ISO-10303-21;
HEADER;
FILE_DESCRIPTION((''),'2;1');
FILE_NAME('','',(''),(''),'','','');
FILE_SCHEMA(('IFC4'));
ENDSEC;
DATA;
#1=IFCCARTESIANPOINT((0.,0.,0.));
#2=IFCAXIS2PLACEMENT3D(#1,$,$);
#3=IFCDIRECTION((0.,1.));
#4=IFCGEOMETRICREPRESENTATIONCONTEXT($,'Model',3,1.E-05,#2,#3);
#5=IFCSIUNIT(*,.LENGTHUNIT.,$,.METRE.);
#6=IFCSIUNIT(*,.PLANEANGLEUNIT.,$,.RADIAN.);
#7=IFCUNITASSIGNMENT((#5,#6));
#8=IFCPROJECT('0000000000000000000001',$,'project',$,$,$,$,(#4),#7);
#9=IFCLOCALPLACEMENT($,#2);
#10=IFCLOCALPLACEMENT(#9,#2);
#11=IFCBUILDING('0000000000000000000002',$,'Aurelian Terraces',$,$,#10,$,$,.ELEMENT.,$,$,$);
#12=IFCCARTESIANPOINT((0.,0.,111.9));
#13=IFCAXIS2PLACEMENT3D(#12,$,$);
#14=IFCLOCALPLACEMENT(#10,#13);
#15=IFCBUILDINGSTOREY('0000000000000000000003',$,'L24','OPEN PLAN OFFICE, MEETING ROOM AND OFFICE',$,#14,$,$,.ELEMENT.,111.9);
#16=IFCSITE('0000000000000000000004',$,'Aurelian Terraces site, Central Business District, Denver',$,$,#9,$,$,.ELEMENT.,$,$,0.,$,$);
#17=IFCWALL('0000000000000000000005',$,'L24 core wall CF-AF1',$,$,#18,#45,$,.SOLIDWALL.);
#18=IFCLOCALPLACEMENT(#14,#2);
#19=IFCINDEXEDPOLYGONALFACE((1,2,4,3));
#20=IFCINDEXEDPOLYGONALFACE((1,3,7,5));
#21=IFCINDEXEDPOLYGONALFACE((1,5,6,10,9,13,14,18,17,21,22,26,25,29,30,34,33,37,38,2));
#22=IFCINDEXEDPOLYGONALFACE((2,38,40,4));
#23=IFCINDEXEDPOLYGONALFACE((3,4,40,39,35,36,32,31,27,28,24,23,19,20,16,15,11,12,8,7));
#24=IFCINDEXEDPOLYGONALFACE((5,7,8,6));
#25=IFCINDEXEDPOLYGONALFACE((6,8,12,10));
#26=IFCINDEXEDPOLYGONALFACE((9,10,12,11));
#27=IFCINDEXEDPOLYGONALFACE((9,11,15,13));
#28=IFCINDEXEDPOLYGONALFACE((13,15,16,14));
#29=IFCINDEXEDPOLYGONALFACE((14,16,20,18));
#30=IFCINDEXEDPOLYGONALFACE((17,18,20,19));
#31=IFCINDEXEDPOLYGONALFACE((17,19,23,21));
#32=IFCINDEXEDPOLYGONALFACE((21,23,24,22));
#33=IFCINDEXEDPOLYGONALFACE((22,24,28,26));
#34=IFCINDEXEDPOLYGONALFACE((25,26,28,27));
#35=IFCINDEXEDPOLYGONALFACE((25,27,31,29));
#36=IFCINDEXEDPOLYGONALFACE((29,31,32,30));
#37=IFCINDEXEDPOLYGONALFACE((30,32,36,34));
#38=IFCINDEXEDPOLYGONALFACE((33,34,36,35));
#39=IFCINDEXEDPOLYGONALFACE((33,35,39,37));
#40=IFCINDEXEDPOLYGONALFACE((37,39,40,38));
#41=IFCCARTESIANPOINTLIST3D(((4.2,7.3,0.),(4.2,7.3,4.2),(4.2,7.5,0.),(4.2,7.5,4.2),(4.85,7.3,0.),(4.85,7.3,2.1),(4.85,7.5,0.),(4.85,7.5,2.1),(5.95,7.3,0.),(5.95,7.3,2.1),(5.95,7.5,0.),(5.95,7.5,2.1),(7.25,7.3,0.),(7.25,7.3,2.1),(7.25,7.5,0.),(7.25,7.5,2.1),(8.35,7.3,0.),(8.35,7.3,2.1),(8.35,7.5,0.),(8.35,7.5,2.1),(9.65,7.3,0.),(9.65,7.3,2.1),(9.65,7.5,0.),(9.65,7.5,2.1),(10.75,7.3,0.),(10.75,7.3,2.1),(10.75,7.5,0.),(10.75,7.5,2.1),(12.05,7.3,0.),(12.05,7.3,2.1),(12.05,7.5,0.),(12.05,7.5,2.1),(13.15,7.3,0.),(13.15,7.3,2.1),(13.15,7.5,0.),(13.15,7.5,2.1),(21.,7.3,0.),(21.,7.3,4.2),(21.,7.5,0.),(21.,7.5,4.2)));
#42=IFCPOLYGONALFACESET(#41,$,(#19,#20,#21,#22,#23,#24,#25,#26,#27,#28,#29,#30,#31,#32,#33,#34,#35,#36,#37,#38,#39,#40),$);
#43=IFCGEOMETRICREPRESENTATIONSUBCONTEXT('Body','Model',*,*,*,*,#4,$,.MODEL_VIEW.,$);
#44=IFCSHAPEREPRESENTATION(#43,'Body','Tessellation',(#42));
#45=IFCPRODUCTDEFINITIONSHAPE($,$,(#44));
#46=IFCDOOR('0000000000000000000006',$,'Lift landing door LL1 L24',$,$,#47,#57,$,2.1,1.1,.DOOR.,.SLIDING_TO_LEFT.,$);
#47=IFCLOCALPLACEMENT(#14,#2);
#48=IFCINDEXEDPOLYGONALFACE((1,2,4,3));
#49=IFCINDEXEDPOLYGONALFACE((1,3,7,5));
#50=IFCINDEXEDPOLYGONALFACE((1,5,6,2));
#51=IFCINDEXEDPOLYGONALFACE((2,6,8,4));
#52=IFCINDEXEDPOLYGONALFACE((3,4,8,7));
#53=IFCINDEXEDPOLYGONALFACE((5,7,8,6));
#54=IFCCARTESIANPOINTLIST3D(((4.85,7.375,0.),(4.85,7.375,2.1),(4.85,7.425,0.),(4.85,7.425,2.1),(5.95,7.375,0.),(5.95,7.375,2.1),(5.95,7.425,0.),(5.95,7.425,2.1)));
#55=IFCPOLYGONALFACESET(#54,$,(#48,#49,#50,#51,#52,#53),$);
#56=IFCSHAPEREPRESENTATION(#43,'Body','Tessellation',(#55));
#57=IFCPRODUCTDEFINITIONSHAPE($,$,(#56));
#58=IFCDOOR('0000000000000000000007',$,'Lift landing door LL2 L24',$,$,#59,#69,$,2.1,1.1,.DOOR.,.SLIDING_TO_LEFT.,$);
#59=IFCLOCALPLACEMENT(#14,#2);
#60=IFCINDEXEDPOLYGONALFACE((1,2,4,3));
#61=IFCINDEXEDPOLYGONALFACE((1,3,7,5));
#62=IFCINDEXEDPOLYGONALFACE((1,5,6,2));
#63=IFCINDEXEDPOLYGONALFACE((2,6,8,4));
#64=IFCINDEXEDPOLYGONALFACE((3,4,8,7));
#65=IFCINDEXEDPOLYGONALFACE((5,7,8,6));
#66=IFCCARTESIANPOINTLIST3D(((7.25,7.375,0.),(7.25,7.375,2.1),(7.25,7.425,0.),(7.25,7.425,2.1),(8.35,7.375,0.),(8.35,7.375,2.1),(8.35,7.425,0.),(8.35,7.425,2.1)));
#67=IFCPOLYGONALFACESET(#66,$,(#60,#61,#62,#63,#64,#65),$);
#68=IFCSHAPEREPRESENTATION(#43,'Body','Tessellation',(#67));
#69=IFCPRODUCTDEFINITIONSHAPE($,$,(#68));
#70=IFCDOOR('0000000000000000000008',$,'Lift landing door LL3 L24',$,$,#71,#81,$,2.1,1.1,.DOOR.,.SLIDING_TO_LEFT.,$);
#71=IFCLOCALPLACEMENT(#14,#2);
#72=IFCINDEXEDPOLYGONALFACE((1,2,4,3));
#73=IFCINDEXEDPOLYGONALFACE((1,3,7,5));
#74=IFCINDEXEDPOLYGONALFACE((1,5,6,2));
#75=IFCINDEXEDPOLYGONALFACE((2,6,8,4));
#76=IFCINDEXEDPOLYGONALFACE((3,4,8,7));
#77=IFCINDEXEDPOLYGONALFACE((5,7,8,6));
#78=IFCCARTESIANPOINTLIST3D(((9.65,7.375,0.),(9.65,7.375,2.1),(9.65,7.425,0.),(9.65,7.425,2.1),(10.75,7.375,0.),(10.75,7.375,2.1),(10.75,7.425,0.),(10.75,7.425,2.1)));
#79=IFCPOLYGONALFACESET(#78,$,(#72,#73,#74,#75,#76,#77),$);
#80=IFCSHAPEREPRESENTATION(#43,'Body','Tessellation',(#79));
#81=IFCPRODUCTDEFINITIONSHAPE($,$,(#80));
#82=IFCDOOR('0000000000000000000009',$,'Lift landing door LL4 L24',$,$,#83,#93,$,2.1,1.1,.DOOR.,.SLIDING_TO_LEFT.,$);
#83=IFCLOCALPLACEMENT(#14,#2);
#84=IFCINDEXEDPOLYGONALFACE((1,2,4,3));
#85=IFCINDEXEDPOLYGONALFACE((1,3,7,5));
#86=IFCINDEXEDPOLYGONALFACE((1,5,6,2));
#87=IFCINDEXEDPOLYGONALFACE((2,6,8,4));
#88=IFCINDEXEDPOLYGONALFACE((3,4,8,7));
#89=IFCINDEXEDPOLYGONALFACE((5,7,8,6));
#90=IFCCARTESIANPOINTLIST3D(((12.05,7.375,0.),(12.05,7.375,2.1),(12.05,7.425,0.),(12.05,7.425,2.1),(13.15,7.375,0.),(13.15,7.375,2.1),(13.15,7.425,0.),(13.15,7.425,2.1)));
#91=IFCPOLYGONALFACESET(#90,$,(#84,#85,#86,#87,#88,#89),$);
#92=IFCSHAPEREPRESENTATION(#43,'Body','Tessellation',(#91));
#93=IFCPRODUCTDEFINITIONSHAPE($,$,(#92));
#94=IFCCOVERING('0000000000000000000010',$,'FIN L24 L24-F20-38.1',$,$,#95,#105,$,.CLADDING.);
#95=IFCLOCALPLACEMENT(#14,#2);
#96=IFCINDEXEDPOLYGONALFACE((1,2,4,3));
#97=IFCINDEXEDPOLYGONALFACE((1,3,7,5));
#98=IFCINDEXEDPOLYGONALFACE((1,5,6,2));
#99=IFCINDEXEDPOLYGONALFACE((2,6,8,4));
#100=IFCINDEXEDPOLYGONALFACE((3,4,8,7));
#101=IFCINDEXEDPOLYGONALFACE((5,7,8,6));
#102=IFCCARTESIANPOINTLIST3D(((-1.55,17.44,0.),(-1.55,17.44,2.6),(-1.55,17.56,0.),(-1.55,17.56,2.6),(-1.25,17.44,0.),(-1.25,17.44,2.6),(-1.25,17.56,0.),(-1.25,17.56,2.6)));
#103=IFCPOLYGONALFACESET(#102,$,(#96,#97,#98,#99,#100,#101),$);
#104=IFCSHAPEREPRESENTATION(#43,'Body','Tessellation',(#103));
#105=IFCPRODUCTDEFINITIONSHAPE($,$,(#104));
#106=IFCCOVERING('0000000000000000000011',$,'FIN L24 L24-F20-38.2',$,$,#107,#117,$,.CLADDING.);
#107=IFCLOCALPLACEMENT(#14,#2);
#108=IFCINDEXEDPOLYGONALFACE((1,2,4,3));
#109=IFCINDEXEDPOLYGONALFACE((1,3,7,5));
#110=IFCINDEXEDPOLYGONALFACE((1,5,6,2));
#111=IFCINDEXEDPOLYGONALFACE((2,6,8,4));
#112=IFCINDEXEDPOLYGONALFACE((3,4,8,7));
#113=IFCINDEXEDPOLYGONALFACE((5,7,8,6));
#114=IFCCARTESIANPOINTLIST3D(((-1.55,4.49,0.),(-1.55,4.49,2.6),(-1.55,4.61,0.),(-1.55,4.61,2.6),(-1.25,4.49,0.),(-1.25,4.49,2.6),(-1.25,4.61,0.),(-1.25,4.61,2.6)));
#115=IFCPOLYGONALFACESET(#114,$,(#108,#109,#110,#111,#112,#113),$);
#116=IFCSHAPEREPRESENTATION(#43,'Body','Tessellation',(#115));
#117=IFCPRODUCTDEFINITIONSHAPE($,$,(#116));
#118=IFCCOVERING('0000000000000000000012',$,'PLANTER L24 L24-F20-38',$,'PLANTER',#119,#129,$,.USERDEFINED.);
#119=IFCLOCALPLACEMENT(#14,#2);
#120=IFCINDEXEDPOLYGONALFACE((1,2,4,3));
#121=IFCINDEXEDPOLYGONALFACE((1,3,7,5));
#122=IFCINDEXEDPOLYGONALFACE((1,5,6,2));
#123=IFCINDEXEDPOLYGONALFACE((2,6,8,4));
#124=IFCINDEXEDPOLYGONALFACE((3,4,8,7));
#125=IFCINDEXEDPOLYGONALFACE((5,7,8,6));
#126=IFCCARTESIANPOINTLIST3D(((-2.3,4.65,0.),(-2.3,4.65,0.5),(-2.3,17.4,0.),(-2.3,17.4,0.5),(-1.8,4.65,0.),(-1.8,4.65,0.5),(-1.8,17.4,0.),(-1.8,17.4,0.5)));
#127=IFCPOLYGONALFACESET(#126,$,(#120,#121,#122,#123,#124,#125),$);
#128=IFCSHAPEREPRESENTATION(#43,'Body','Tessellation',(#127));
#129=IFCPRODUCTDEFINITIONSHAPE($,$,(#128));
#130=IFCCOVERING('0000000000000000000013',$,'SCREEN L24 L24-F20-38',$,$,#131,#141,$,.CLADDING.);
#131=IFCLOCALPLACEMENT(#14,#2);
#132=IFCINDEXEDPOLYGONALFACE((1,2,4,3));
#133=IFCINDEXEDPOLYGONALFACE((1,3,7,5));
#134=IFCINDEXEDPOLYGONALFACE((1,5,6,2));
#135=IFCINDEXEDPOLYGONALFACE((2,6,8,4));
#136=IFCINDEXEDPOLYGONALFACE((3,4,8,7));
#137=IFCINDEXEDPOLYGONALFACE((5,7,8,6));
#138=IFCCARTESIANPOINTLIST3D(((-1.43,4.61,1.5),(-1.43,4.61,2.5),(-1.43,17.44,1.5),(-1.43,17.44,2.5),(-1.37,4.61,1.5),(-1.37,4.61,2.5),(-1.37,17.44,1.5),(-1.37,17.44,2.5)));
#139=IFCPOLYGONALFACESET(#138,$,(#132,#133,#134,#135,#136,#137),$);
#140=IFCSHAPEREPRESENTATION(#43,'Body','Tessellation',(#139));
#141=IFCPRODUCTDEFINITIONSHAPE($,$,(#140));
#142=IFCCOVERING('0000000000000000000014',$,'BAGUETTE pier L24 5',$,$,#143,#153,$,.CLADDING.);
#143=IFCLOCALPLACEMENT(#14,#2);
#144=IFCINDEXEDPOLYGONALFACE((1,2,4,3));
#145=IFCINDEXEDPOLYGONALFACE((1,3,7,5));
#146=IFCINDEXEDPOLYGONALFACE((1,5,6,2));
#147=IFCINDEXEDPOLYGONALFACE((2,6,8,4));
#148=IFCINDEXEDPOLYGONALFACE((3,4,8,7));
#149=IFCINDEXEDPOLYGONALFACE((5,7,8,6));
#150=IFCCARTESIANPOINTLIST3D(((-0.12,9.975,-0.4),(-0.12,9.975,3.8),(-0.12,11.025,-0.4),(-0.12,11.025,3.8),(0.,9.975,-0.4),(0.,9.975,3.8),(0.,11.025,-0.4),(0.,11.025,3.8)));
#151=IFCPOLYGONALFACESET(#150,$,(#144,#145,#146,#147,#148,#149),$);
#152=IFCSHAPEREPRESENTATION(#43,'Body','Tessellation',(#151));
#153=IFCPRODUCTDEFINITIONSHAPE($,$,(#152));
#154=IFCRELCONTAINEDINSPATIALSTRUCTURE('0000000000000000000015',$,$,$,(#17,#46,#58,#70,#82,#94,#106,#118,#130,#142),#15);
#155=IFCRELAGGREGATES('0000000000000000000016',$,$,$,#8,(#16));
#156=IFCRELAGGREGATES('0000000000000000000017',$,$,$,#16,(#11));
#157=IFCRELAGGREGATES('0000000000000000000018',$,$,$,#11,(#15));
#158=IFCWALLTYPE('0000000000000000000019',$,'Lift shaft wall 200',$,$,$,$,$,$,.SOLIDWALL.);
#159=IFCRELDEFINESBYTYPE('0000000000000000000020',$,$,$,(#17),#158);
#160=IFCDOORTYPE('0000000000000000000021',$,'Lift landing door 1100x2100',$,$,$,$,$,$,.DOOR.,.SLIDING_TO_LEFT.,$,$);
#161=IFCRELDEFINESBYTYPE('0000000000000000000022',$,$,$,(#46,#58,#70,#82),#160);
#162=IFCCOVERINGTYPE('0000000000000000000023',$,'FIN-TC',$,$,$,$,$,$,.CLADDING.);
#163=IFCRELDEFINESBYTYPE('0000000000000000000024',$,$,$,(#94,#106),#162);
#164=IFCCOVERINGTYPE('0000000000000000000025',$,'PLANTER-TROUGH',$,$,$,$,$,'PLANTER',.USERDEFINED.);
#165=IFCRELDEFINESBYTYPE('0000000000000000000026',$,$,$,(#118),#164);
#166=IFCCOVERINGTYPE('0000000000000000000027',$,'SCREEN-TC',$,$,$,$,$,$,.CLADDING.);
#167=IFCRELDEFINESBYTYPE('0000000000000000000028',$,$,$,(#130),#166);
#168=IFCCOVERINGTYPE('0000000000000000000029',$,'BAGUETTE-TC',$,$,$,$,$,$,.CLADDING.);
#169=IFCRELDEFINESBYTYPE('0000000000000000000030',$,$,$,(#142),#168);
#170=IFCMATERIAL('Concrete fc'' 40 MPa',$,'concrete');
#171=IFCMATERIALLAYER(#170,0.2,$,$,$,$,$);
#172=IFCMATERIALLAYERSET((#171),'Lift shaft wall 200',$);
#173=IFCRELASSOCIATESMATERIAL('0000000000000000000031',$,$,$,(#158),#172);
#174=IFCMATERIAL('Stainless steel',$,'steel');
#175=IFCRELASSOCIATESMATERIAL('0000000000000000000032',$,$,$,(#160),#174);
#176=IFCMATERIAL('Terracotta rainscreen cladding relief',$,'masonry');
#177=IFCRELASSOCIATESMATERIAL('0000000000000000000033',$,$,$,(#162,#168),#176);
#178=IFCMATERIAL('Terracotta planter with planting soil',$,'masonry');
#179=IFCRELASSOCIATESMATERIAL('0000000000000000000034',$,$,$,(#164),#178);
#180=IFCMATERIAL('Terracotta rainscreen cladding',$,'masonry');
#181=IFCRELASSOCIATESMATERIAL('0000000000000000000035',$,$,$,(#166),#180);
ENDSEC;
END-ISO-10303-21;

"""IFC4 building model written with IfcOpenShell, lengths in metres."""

from ifc_helpers import new_model, si_unit, direction, frame, frame_2d, origin, origin_2d, place, context, subcontext, project, spatial, rectangle, extrude, source, transform, mapped, material, layer, layer_set, type_object, element, fill, save


model = new_model("IFC4")

# Units and contexts
model_context = context("Model", 3, precision=1e-05, world=origin(), true_north=direction((0.0, 1.0)))
body_context = subcontext(model_context, "Body", "Model", "MODEL_VIEW")
ifc_project = project(units=[si_unit("LENGTHUNIT", "METRE"), si_unit("PLANEANGLEUNIT", "RADIAN")], contexts=[model_context])

# Site, building, storey
site_placement = place(None, origin())
site = spatial("IfcSite", under=ifc_project, at=site_placement, Name="Aurelian Terraces site, Central Business District, Denver", CompositionType="ELEMENT", RefElevation=0.0)
building_placement = place(site_placement, origin())
building = spatial("IfcBuilding", under=site, at=building_placement, Name="Aurelian Terraces", CompositionType="ELEMENT")
storey_placement = place(building_placement, frame((0.0, 0.0, 111.9)))
storey = spatial("IfcBuildingStorey", under=building, at=storey_placement, Name="L24", Description="OPEN PLAN OFFICE, MEETING ROOM AND OFFICE", CompositionType="ELEMENT", Elevation=111.9)

# Shared definitions
ifc_material_1 = material(Name="Concrete fc' 40 MPa", Category="concrete")

# Shared definitions
ifc_material_2 = material(Name="Terracotta rainscreen cladding", Category="masonry")

# Wall, openings, doors
ifc_layer_1 = layer(ifc_material_1, 0.2)
ifc_layer_set_1 = layer_set([ifc_layer_1], Name="Lift shaft wall 200")
wall_type_1 = type_object("IfcWallType", Name="Lift shaft wall 200", PredefinedType="SOLIDWALL", material=ifc_layer_set_1)
shared_shape_1 = source(origin(), body_context, "Body", "SweptSolid", [
    extrude(rectangle(XDim=16.8, YDim=0.2, at=frame_2d((8.4, 0.0))), origin(), (0.0, 0.0, 1.0), 4.2),
])
wall_1_placement = place(storey_placement, frame((4.2, 7.4, 0.0), z_axis=(0.0, 0.0, 1.0), x_axis=(1.0, 0.0, 0.0)))
wall_1 = element("IfcWall", 1, at=wall_1_placement, inside=storey, type_object=wall_type_1, Name="L24 core wall CF-AF1", PredefinedType="SOLIDWALL", context=body_context, shape_type="MappedRepresentation", body=[
    mapped(shared_shape_1, transform((0.0, 0.0, 0.0), scale=1.0)),
])
shared_shape_2 = source(origin(), body_context, "Body", "SweptSolid", [
    extrude(rectangle(XDim=1.1, YDim=2.1, at=frame_2d((0.55, 1.05))), frame((0.0, 0.11, 0.0), z_axis=(0.0, -1.0, 0.0), x_axis=(1.0, 0.0, 0.0)), (0.0, 0.0, 1.0), 0.22),
])
opening_1_placement = place(wall_1_placement, frame((0.65, 0.0, 0.0)))
opening_1 = element("IfcOpeningElement", 2, at=opening_1_placement, cuts=wall_1, PredefinedType="OPENING", context=body_context, shape_type="MappedRepresentation", body=[
    mapped(shared_shape_2, transform((0.0, 0.0, 0.0), scale=1.0)),
])
opening_2_placement = place(wall_1_placement, frame((3.05, 0.0, 0.0)))
opening_2 = element("IfcOpeningElement", 3, at=opening_2_placement, cuts=wall_1, PredefinedType="OPENING", context=body_context, shape_type="MappedRepresentation", body=[
    mapped(shared_shape_2, transform((0.0, 0.0, 0.0), scale=1.0)),
])
opening_3_placement = place(wall_1_placement, frame((5.45, 0.0, 0.0)))
opening_3 = element("IfcOpeningElement", 4, at=opening_3_placement, cuts=wall_1, PredefinedType="OPENING", context=body_context, shape_type="MappedRepresentation", body=[
    mapped(shared_shape_2, transform((0.0, 0.0, 0.0), scale=1.0)),
])
opening_4_placement = place(wall_1_placement, frame((7.85, 0.0, 0.0)))
opening_4 = element("IfcOpeningElement", 5, at=opening_4_placement, cuts=wall_1, PredefinedType="OPENING", context=body_context, shape_type="MappedRepresentation", body=[
    mapped(shared_shape_2, transform((0.0, 0.0, 0.0), scale=1.0)),
])
ifc_material_3 = material(Name="Stainless steel", Category="steel")
door_type_1 = type_object("IfcDoorType", Name="Lift landing door 1100x2100", OperationType="SLIDING_TO_LEFT", PredefinedType="DOOR", material=ifc_material_3)
shared_shape_3 = source(origin(), body_context, "Body", "SweptSolid", [
    extrude(rectangle(XDim=1.1, YDim=2.1, at=frame_2d((0.55, 1.05))), frame((0.0, 0.025, 0.0), z_axis=(0.0, -1.0, 0.0), x_axis=(1.0, 0.0, 0.0)), (0.0, 0.0, 1.0), 0.05),
])
door_1_placement = place(opening_1_placement, origin())
door_1 = element("IfcDoor", 6, at=door_1_placement, inside=storey, type_object=door_type_1, Name="Lift landing door LL1 L24", OperationType="SLIDING_TO_LEFT", OverallHeight=2.1, OverallWidth=1.1, PredefinedType="DOOR", context=body_context, shape_type="MappedRepresentation", body=[
    mapped(shared_shape_3, transform((0.0, 0.0, 0.0), scale=1.0)),
])
fill(opening_1, door_1)
door_2_placement = place(opening_2_placement, origin())
door_2 = element("IfcDoor", 7, at=door_2_placement, inside=storey, type_object=door_type_1, Name="Lift landing door LL2 L24", OperationType="SLIDING_TO_LEFT", OverallHeight=2.1, OverallWidth=1.1, PredefinedType="DOOR", context=body_context, shape_type="MappedRepresentation", body=[
    mapped(shared_shape_3, transform((0.0, 0.0, 0.0), scale=1.0)),
])
fill(opening_2, door_2)
door_3_placement = place(opening_3_placement, origin())
door_3 = element("IfcDoor", 8, at=door_3_placement, inside=storey, type_object=door_type_1, Name="Lift landing door LL3 L24", OperationType="SLIDING_TO_LEFT", OverallHeight=2.1, OverallWidth=1.1, PredefinedType="DOOR", context=body_context, shape_type="MappedRepresentation", body=[
    mapped(shared_shape_3, transform((0.0, 0.0, 0.0), scale=1.0)),
])
fill(opening_3, door_3)
door_4_placement = place(opening_4_placement, origin())
door_4 = element("IfcDoor", 9, at=door_4_placement, inside=storey, type_object=door_type_1, Name="Lift landing door LL4 L24", OperationType="SLIDING_TO_LEFT", OverallHeight=2.1, OverallWidth=1.1, PredefinedType="DOOR", context=body_context, shape_type="MappedRepresentation", body=[
    mapped(shared_shape_3, transform((0.0, 0.0, 0.0), scale=1.0)),
])
fill(opening_4, door_4)

# Coverings
ifc_material_4 = material(Name="Terracotta rainscreen cladding relief", Category="masonry")
covering_type_1 = type_object("IfcCoveringType", Name="FIN-TC", PredefinedType="CLADDING", material=ifc_material_4)
shared_shape_4 = source(origin(), body_context, "Body", "SweptSolid", [
    extrude(rectangle(XDim=0.3, YDim=0.12, at=origin_2d()), origin(), (0.0, 0.0, 1.0), 2.6),
])
for number, where, z_axis, x_axis, name in (
    (10, (-1.4, 17.5, 0.0), (0.0, 0.0, 1.0), (1.0, 0.0, 0.0), "FIN L24 L24-F20-38.1"),
    (11, (-1.4, 4.55, 0.0), (0.0, 0.0, 1.0), (1.0, 0.0, 0.0), "FIN L24 L24-F20-38.2"),
):
    element("IfcCovering", number, at=place(storey_placement, frame(where, z_axis=z_axis, x_axis=x_axis)), inside=storey, type_object=covering_type_1, Name=name, PredefinedType="CLADDING", context=body_context, shape_type="MappedRepresentation", body=[
        mapped(shared_shape_4, transform((0.0, 0.0, 0.0), scale=1.0)),
    ])

# Coverings
ifc_material_5 = material(Name="Terracotta planter with planting soil", Category="masonry")
covering_type_2 = type_object("IfcCoveringType", Name="PLANTER-TROUGH", ElementType="PLANTER", PredefinedType="USERDEFINED", material=ifc_material_5)
shared_shape_5 = source(origin(), body_context, "Body", "SweptSolid", [
    extrude(rectangle(XDim=0.5, YDim=12.75, at=origin_2d()), origin(), (0.0, 0.0, 1.0), 0.5),
])
covering_1_placement = place(storey_placement, frame((-2.05, 11.025, 0.0), z_axis=(0.0, 0.0, 1.0), x_axis=(1.0, 0.0, 0.0)))
element("IfcCovering", 12, at=covering_1_placement, inside=storey, type_object=covering_type_2, Name="PLANTER L24 L24-F20-38", ObjectType="PLANTER", PredefinedType="USERDEFINED", context=body_context, shape_type="MappedRepresentation", body=[
    mapped(shared_shape_5, transform((0.0, 0.0, 0.0), scale=1.0)),
])
covering_type_3 = type_object("IfcCoveringType", Name="SCREEN-TC", PredefinedType="CLADDING", material=ifc_material_2)
shared_shape_6 = source(origin(), body_context, "Body", "SweptSolid", [
    extrude(rectangle(XDim=0.06, YDim=12.83, at=origin_2d()), origin(), (0.0, 0.0, 1.0), 1.0),
])
covering_2_placement = place(storey_placement, frame((-1.4, 11.025, 1.5), z_axis=(0.0, 0.0, 1.0), x_axis=(1.0, 0.0, 0.0)))
element("IfcCovering", 13, at=covering_2_placement, inside=storey, type_object=covering_type_3, Name="SCREEN L24 L24-F20-38", PredefinedType="CLADDING", context=body_context, shape_type="MappedRepresentation", body=[
    mapped(shared_shape_6, transform((0.0, 0.0, 0.0), scale=1.0)),
])
covering_type_4 = type_object("IfcCoveringType", Name="BAGUETTE-TC", PredefinedType="CLADDING", material=ifc_material_4)
shared_shape_7 = source(origin(), body_context, "Body", "SweptSolid", [
    extrude(rectangle(XDim=0.12, YDim=1.05, at=origin_2d()), origin(), (0.0, 0.0, 1.0), 4.2),
])
covering_3_placement = place(storey_placement, frame((-0.06, 10.5, -0.4), z_axis=(0.0, 0.0, 1.0), x_axis=(1.0, 0.0, 0.0)))
element("IfcCovering", 14, at=covering_3_placement, inside=storey, type_object=covering_type_4, Name="BAGUETTE pier L24 5", PredefinedType="CLADDING", context=body_context, shape_type="MappedRepresentation", body=[
    mapped(shared_shape_7, transform((0.0, 0.0, 0.0), scale=1.0)),
])

save(model, "model.ifc")
